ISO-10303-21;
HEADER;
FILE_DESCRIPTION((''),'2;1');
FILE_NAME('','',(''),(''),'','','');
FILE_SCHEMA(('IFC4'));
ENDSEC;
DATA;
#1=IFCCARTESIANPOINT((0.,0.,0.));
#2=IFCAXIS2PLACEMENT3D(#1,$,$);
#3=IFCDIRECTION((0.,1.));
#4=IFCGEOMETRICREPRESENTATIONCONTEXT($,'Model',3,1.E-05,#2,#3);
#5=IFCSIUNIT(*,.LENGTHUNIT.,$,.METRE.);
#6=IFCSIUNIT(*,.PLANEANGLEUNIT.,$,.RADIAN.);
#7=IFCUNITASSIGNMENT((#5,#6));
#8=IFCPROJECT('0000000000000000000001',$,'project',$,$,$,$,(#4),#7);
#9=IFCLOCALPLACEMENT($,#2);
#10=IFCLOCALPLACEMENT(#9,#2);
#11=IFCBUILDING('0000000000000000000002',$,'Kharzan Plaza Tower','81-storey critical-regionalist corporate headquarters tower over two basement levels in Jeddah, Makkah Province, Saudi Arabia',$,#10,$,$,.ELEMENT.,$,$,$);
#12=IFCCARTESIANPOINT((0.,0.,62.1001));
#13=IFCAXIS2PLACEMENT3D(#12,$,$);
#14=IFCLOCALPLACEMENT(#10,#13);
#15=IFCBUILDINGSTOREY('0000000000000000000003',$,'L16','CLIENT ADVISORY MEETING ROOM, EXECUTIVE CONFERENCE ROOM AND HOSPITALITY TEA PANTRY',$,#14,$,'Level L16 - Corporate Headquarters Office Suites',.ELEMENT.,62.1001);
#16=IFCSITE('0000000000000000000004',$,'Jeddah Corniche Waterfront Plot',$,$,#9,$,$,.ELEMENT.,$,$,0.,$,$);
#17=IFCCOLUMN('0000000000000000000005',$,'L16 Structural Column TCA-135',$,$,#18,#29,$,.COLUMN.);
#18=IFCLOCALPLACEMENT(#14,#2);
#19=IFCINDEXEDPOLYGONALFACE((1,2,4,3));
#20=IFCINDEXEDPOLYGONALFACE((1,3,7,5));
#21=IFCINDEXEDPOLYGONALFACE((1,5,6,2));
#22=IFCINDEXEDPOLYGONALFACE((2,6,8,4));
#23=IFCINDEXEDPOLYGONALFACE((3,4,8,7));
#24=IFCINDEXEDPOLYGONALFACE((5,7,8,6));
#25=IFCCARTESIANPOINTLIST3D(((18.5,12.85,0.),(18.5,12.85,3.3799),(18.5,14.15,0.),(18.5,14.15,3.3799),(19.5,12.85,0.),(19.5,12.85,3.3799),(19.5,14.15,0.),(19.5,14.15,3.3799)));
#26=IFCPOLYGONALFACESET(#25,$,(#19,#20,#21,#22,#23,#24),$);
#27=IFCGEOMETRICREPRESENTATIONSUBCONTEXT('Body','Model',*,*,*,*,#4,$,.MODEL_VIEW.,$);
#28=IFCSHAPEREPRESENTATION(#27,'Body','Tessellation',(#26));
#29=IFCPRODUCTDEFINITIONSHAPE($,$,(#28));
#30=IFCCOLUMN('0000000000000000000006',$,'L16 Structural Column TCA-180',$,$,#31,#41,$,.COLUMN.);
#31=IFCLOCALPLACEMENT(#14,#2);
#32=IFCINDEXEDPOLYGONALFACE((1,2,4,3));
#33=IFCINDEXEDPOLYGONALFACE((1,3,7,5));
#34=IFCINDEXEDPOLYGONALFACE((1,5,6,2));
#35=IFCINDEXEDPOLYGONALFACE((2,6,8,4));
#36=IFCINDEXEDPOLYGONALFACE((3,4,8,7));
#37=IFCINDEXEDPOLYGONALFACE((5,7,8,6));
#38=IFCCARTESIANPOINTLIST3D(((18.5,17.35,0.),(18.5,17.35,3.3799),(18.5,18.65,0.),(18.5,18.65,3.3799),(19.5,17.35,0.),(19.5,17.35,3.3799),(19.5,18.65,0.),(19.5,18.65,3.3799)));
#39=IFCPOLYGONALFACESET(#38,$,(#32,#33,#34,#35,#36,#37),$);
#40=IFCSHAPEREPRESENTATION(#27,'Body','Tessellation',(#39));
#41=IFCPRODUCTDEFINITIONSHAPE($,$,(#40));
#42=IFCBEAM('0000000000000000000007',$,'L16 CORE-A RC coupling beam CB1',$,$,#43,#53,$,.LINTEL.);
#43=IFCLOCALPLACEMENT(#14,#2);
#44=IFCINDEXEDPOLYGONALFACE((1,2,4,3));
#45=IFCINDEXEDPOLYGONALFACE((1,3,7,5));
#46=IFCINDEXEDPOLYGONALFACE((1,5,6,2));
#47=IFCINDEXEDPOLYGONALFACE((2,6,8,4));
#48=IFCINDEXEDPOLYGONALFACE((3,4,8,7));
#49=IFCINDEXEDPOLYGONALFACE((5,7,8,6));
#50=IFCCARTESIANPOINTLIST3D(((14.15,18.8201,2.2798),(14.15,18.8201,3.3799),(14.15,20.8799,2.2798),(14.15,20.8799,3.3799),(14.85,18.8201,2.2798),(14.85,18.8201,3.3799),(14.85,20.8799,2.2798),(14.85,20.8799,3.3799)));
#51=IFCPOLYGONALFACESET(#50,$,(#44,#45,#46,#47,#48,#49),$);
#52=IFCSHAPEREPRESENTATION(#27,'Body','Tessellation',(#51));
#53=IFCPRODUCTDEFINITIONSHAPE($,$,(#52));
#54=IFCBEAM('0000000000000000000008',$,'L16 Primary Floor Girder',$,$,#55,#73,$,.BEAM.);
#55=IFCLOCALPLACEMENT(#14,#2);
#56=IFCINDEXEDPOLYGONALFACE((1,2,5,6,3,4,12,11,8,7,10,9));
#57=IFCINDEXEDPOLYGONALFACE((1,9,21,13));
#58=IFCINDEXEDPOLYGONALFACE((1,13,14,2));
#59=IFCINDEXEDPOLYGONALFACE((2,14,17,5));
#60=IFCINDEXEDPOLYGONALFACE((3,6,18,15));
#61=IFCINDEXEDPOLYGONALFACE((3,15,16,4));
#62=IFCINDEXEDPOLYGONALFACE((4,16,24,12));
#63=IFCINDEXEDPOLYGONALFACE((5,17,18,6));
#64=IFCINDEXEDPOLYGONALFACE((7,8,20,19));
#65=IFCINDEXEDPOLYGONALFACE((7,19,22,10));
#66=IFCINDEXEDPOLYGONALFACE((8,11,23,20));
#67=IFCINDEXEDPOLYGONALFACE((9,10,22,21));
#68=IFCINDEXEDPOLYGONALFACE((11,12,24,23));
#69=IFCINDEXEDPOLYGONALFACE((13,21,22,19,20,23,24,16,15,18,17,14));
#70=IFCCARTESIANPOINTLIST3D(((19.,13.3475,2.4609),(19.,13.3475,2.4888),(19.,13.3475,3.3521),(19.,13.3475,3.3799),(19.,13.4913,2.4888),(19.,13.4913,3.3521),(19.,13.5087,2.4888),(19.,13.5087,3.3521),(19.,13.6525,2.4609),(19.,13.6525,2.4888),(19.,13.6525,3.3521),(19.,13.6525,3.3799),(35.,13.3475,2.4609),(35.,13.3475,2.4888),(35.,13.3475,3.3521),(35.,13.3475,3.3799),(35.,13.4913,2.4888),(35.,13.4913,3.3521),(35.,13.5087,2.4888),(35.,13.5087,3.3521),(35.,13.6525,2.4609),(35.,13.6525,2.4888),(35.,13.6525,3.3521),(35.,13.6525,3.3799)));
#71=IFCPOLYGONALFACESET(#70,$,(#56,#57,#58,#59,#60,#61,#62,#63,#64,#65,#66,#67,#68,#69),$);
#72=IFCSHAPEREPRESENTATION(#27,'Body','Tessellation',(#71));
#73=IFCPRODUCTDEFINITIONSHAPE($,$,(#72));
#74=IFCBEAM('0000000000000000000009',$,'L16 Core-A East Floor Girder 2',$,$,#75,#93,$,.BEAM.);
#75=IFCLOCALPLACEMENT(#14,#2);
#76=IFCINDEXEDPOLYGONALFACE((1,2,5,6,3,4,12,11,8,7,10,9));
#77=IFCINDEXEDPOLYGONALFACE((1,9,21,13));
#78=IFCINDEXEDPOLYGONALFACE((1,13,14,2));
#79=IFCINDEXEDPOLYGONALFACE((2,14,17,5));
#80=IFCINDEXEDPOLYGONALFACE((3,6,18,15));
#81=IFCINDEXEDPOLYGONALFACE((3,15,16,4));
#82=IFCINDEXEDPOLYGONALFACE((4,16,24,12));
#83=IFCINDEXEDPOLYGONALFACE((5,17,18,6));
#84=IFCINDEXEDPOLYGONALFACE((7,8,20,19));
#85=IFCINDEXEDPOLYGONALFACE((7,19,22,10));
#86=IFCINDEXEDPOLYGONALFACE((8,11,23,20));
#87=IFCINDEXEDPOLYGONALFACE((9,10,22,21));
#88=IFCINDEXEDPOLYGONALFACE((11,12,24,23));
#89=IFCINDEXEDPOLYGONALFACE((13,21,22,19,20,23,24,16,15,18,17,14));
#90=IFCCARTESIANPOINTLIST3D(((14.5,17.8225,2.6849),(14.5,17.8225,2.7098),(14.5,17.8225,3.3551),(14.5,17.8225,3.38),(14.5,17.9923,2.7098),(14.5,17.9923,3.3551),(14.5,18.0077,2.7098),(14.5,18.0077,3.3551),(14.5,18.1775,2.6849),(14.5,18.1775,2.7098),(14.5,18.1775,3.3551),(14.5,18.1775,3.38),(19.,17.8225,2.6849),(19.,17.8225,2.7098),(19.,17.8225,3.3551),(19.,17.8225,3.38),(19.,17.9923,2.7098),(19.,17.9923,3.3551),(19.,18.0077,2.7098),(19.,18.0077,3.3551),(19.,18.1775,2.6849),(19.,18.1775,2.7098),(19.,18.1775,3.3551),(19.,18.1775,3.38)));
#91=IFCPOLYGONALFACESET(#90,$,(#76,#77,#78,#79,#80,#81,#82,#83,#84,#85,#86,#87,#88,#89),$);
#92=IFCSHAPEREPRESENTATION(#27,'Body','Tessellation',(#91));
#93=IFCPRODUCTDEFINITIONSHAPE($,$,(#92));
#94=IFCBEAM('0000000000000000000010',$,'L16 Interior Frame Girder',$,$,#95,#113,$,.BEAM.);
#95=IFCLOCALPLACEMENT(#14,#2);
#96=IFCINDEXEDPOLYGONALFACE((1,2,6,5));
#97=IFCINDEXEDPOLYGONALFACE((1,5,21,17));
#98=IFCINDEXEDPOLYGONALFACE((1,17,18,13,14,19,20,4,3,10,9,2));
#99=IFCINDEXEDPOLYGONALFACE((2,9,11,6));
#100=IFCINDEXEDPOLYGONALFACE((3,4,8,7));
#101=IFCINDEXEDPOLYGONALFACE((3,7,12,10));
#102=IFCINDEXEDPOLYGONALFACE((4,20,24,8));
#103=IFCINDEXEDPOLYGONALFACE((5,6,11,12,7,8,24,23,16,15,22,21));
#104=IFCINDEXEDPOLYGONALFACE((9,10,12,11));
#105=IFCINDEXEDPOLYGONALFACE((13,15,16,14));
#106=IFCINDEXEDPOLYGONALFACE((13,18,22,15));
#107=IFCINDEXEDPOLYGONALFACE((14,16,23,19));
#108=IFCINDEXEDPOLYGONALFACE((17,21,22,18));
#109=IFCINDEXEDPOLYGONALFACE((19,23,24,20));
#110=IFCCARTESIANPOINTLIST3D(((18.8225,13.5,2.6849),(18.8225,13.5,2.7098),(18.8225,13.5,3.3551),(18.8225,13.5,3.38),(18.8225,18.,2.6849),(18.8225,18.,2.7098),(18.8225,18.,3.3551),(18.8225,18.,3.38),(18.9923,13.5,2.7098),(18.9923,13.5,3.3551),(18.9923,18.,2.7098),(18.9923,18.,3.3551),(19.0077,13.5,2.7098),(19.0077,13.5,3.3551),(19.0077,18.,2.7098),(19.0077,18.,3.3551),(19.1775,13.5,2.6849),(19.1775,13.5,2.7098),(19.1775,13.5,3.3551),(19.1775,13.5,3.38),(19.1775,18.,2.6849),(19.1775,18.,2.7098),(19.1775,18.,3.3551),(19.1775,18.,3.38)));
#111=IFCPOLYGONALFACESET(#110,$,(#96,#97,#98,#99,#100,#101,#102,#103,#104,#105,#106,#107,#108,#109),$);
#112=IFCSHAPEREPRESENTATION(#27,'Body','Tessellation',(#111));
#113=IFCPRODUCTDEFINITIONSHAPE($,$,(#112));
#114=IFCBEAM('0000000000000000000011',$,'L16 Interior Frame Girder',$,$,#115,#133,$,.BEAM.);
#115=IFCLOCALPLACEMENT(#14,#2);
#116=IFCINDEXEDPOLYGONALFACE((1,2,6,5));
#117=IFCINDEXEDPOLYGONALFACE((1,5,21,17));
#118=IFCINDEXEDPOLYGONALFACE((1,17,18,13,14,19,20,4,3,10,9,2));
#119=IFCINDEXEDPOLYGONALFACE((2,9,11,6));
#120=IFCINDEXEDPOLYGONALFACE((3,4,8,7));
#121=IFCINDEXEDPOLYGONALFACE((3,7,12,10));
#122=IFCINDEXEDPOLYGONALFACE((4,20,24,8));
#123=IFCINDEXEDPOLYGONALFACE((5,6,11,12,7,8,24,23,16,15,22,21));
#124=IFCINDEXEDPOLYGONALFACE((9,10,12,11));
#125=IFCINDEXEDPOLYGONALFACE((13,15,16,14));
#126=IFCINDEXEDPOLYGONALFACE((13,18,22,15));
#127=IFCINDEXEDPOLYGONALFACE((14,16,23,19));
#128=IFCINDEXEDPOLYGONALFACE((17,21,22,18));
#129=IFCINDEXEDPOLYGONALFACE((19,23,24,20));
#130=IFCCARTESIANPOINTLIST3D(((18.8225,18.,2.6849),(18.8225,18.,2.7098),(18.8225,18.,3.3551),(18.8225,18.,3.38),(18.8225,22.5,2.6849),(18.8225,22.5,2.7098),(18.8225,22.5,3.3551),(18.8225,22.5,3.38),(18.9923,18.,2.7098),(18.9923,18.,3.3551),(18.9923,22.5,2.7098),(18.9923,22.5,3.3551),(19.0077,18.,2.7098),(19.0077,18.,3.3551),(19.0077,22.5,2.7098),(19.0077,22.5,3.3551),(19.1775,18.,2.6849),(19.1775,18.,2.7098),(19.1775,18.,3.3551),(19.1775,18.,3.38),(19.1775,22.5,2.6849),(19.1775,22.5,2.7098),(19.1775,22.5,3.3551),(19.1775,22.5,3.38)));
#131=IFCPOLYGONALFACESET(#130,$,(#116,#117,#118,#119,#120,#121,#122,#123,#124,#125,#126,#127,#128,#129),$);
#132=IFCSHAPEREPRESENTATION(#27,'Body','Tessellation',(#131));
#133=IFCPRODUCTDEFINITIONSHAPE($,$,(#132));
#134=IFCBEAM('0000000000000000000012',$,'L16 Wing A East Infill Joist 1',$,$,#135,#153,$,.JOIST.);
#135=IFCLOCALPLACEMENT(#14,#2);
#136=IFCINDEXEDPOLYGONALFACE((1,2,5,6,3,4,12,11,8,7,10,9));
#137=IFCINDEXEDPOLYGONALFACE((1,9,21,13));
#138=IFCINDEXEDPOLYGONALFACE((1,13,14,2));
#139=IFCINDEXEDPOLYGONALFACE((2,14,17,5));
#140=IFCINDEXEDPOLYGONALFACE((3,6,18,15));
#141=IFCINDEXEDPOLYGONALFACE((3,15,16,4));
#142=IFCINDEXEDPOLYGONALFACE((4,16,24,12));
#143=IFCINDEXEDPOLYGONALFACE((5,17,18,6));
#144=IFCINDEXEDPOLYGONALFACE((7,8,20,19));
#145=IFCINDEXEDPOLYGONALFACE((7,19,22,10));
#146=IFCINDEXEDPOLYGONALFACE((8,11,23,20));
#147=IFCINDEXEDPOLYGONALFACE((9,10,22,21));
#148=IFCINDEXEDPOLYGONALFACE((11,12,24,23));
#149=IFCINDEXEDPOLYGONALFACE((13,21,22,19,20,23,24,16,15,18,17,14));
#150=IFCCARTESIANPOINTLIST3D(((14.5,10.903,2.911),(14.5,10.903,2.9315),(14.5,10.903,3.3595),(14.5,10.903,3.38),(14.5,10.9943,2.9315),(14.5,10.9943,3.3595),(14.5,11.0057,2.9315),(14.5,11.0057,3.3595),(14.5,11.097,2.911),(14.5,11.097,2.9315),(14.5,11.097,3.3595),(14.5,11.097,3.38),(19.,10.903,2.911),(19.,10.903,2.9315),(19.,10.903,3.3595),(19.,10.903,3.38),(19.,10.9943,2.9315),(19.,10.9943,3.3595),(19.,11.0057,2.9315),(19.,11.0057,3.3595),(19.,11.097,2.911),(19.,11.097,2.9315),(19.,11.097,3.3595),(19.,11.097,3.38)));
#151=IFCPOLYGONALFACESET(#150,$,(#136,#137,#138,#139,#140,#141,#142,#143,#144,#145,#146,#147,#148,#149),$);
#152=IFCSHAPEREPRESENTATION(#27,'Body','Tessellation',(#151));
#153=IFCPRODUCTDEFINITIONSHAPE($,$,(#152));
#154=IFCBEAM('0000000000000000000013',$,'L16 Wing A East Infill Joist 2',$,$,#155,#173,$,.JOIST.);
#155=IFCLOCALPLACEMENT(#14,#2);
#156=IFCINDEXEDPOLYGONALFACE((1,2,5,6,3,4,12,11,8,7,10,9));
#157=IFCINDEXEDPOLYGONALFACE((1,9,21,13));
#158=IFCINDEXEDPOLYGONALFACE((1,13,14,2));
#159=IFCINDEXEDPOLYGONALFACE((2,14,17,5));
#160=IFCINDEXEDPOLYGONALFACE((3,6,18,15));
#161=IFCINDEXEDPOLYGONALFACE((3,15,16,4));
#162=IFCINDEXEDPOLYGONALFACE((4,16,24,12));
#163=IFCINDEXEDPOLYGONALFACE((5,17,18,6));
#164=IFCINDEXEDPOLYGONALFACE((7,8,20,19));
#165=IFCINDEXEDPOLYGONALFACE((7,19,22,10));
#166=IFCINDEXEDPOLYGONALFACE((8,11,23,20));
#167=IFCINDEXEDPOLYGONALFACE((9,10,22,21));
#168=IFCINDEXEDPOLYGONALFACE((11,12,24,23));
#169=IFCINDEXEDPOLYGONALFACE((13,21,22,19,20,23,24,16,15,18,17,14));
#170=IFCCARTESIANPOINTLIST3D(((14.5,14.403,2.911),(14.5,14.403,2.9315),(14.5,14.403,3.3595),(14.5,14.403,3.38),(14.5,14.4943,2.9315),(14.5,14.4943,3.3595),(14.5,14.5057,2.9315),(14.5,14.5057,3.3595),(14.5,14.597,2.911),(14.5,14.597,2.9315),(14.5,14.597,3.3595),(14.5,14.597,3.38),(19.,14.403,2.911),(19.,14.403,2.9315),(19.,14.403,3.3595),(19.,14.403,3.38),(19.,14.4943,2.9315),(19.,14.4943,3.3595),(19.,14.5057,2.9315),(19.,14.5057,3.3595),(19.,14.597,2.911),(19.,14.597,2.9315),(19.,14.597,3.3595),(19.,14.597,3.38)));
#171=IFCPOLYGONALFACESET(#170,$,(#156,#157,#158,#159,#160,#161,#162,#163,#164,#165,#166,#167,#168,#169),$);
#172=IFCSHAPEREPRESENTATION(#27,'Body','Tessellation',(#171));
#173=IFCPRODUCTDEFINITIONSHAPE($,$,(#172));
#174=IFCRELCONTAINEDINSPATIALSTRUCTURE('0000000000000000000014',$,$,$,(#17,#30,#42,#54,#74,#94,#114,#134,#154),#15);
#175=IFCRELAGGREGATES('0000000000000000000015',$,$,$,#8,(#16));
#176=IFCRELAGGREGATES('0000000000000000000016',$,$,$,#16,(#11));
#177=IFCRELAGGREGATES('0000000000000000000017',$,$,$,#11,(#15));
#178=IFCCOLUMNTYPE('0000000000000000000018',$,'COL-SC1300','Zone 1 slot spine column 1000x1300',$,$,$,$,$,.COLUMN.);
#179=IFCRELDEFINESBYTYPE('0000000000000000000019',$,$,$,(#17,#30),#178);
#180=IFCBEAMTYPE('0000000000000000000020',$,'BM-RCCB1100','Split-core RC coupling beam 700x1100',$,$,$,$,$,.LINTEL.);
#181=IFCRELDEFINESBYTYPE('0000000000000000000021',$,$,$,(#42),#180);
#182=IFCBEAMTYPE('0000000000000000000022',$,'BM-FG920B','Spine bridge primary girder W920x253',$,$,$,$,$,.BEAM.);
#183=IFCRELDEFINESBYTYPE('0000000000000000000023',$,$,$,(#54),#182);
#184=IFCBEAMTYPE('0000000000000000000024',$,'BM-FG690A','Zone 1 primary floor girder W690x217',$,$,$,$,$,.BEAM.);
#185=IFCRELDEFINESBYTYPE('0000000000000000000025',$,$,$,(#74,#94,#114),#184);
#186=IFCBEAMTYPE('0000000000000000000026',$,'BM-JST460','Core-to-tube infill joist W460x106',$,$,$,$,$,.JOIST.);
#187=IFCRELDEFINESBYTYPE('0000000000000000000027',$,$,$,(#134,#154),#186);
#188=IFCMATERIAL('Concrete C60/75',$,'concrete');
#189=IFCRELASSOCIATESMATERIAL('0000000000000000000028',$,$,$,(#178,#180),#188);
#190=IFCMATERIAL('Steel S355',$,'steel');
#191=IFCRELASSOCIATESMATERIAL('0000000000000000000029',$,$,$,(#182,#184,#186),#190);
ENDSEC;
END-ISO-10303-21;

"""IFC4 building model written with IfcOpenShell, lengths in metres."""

from ifc_helpers import new_model, si_unit, direction, frame, origin, origin_2d, place, context, subcontext, project, spatial, rectangle, i_section, extrude, source, transform, mapped, material, material_profile, profile_set, type_object, element, save


model = new_model("IFC4")

# Units and contexts
model_context = context("Model", 3, precision=1e-05, world=origin(), true_north=direction((0.0, 1.0)))
body_context = subcontext(model_context, "Body", "Model", "MODEL_VIEW")
ifc_project = project(units=[si_unit("LENGTHUNIT", "METRE"), si_unit("PLANEANGLEUNIT", "RADIAN")], contexts=[model_context])

# Site, building, storey
site_placement = place(None, origin())
site = spatial("IfcSite", under=ifc_project, at=site_placement, Name="Jeddah Corniche Waterfront Plot", CompositionType="ELEMENT", RefElevation=0.0)
building_placement = place(site_placement, origin())
building = spatial("IfcBuilding", under=site, at=building_placement, Name="Kharzan Plaza Tower", Description="81-storey critical-regionalist corporate headquarters tower over two basement levels in Jeddah, Makkah Province, Saudi Arabia", CompositionType="ELEMENT")
storey_placement = place(building_placement, frame((0.0, 0.0, 62.1001)))
storey = spatial("IfcBuildingStorey", under=building, at=storey_placement, Name="L16", Description="CLIENT ADVISORY MEETING ROOM, EXECUTIVE CONFERENCE ROOM AND HOSPITALITY TEA PANTRY", LongName="Level L16 - Corporate Headquarters Office Suites", CompositionType="ELEMENT", Elevation=62.1001)

# Columns
ifc_material_1 = material(Name="Concrete C60/75", Category="concrete")
ifc_material_profile_1 = material_profile(ifc_material_1, rectangle(XDim=1.0, YDim=1.3, at=origin_2d()), Name="RC-SC1300x1000")
ifc_profile_set_1 = profile_set([ifc_material_profile_1], Name="Concrete C60/75")
column_type = type_object("IfcColumnType", Name="COL-SC1300", Description="Zone 1 slot spine column 1000x1300", PredefinedType="COLUMN", material=ifc_profile_set_1)
shared_shape_1 = source(origin(), body_context, "Body", "SweptSolid", [
    extrude(rectangle(XDim=1.0, YDim=1.3, at=origin_2d()), origin(), (0.0, 0.0, 1.0), 3.3799),
])
for number, where, z_axis, x_axis, name in (
    (1, (19.0, 13.5, 0.0), (0.0, 0.0, 1.0), (1.0, 0.0, 0.0), "L16 Structural Column TCA-135"),
    (2, (19.0, 18.0, 0.0), (0.0, 0.0, 1.0), (1.0, 0.0, 0.0), "L16 Structural Column TCA-180"),
):
    element("IfcColumn", number, at=place(storey_placement, frame(where, z_axis=z_axis, x_axis=x_axis)), inside=storey, type_object=column_type, Name=name, PredefinedType="COLUMN", context=body_context, shape_type="MappedRepresentation", body=[
        mapped(shared_shape_1, transform((0.0, 0.0, 0.0), x_axis=(1.0, 0.0, 0.0), y_axis=(0.0, 1.0, 0.0), z_axis=(0.0, 0.0, 1.0))),
    ])

# Beams
ifc_material_profile_2 = material_profile(ifc_material_1, rectangle(XDim=0.7, YDim=1.1001, at=origin_2d()), Name="RC-CB1100x700")
ifc_profile_set_2 = profile_set([ifc_material_profile_2], Name="Concrete C60/75")
beam_type_1 = type_object("IfcBeamType", Name="BM-RCCB1100", Description="Split-core RC coupling beam 700x1100", PredefinedType="LINTEL", material=ifc_profile_set_2)
shared_shape_2 = source(origin(), body_context, "Body", "SweptSolid", [
    extrude(rectangle(XDim=0.7, YDim=1.1001, at=origin_2d()), origin(), (0.0, 0.0, 1.0), 2.0598),
])
beam_1_placement = place(storey_placement, frame((14.5, 18.8201, 2.8298), z_axis=(0.0, 1.0, 0.0), x_axis=(-1.0, 0.0, 0.0)))
element("IfcBeam", 3, at=beam_1_placement, inside=storey, type_object=beam_type_1, Name="L16 CORE-A RC coupling beam CB1", PredefinedType="LINTEL", context=body_context, shape_type="MappedRepresentation", body=[
    mapped(shared_shape_2, transform((0.0, 0.0, 0.0), x_axis=(1.0, 0.0, 0.0), y_axis=(0.0, 1.0, 0.0), z_axis=(0.0, 0.0, 1.0))),
])
ifc_material_2 = material(Name="Steel S355", Category="steel")
ifc_material_profile_3 = material_profile(ifc_material_2, i_section(OverallWidth=0.3049, OverallDepth=0.9189, WebThickness=0.0173, FlangeThickness=0.0278, at=origin_2d()), Name="W920x253")
ifc_profile_set_3 = profile_set([ifc_material_profile_3], Name="Steel S355")
beam_type_2 = type_object("IfcBeamType", Name="BM-FG920B", Description="Spine bridge primary girder W920x253", PredefinedType="BEAM", material=ifc_profile_set_3)
shared_shape_3 = source(origin(), body_context, "Body", "SweptSolid", [
    extrude(i_section(OverallWidth=0.3049, OverallDepth=0.9189, WebThickness=0.0173, FlangeThickness=0.0278, at=origin_2d()), origin(), (0.0, 0.0, 1.0), 16.0),
])
beam_2_placement = place(storey_placement, frame((19.0, 13.5, 2.9204), z_axis=(1.0, 0.0, 0.0), x_axis=(0.0, 1.0, 0.0)))
element("IfcBeam", 4, at=beam_2_placement, inside=storey, type_object=beam_type_2, Name="L16 Primary Floor Girder", PredefinedType="BEAM", context=body_context, shape_type="MappedRepresentation", body=[
    mapped(shared_shape_3, transform((0.0, 0.0, 0.0), x_axis=(1.0, 0.0, 0.0), y_axis=(0.0, 1.0, 0.0), z_axis=(0.0, 0.0, 1.0))),
])
ifc_material_profile_4 = material_profile(ifc_material_2, i_section(OverallWidth=0.355, OverallDepth=0.6951, WebThickness=0.0154, FlangeThickness=0.0249, at=origin_2d()), Name="W690x217")
ifc_profile_set_4 = profile_set([ifc_material_profile_4], Name="Steel S355")
beam_type_3 = type_object("IfcBeamType", Name="BM-FG690A", Description="Zone 1 primary floor girder W690x217", PredefinedType="BEAM", material=ifc_profile_set_4)
shared_shape_4 = source(origin(), body_context, "Body", "SweptSolid", [
    extrude(i_section(OverallWidth=0.355, OverallDepth=0.6951, WebThickness=0.0154, FlangeThickness=0.0249, at=origin_2d()), origin(), (0.0, 0.0, 1.0), 4.5),
])
for number, where, z_axis, x_axis, name in (
    (5, (14.5, 18.0, 3.0325), (1.0, 0.0, 0.0), (0.0, 1.0, 0.0), "L16 Core-A East Floor Girder 2"),
    (6, (19.0, 13.5, 3.0325), (0.0, 1.0, 0.0), (-1.0, 0.0, 0.0), "L16 Interior Frame Girder"),
    (7, (19.0, 18.0, 3.0325), (0.0, 1.0, 0.0), (-1.0, 0.0, 0.0), "L16 Interior Frame Girder"),
):
    element("IfcBeam", number, at=place(storey_placement, frame(where, z_axis=z_axis, x_axis=x_axis)), inside=storey, type_object=beam_type_3, Name=name, PredefinedType="BEAM", context=body_context, shape_type="MappedRepresentation", body=[
        mapped(shared_shape_4, transform((0.0, 0.0, 0.0), x_axis=(1.0, 0.0, 0.0), y_axis=(0.0, 1.0, 0.0), z_axis=(0.0, 0.0, 1.0))),
    ])
ifc_material_profile_5 = material_profile(ifc_material_2, i_section(OverallWidth=0.1941, OverallDepth=0.469, WebThickness=0.0115, FlangeThickness=0.0205, at=origin_2d()), Name="W460x106")
ifc_profile_set_5 = profile_set([ifc_material_profile_5], Name="Steel S355")
beam_type_4 = type_object("IfcBeamType", Name="BM-JST460", Description="Core-to-tube infill joist W460x106", PredefinedType="JOIST", material=ifc_profile_set_5)
shared_shape_5 = source(origin(), body_context, "Body", "SweptSolid", [
    extrude(i_section(OverallWidth=0.1941, OverallDepth=0.469, WebThickness=0.0115, FlangeThickness=0.0205, at=origin_2d()), origin(), (0.0, 0.0, 1.0), 4.5),
])
for number, where, z_axis, x_axis, name in (
    (8, (14.5, 11.0, 3.1455), (1.0, 0.0, 0.0), (0.0, 1.0, 0.0), "L16 Wing A East Infill Joist 1"),
    (9, (14.5, 14.5, 3.1455), (1.0, 0.0, 0.0), (0.0, 1.0, 0.0), "L16 Wing A East Infill Joist 2"),
):
    element("IfcBeam", number, at=place(storey_placement, frame(where, z_axis=z_axis, x_axis=x_axis)), inside=storey, type_object=beam_type_4, Name=name, PredefinedType="JOIST", context=body_context, shape_type="MappedRepresentation", body=[
        mapped(shared_shape_5, transform((0.0, 0.0, 0.0), x_axis=(1.0, 0.0, 0.0), y_axis=(0.0, 1.0, 0.0), z_axis=(0.0, 0.0, 1.0))),
    ])

save(model, "model.ifc")
